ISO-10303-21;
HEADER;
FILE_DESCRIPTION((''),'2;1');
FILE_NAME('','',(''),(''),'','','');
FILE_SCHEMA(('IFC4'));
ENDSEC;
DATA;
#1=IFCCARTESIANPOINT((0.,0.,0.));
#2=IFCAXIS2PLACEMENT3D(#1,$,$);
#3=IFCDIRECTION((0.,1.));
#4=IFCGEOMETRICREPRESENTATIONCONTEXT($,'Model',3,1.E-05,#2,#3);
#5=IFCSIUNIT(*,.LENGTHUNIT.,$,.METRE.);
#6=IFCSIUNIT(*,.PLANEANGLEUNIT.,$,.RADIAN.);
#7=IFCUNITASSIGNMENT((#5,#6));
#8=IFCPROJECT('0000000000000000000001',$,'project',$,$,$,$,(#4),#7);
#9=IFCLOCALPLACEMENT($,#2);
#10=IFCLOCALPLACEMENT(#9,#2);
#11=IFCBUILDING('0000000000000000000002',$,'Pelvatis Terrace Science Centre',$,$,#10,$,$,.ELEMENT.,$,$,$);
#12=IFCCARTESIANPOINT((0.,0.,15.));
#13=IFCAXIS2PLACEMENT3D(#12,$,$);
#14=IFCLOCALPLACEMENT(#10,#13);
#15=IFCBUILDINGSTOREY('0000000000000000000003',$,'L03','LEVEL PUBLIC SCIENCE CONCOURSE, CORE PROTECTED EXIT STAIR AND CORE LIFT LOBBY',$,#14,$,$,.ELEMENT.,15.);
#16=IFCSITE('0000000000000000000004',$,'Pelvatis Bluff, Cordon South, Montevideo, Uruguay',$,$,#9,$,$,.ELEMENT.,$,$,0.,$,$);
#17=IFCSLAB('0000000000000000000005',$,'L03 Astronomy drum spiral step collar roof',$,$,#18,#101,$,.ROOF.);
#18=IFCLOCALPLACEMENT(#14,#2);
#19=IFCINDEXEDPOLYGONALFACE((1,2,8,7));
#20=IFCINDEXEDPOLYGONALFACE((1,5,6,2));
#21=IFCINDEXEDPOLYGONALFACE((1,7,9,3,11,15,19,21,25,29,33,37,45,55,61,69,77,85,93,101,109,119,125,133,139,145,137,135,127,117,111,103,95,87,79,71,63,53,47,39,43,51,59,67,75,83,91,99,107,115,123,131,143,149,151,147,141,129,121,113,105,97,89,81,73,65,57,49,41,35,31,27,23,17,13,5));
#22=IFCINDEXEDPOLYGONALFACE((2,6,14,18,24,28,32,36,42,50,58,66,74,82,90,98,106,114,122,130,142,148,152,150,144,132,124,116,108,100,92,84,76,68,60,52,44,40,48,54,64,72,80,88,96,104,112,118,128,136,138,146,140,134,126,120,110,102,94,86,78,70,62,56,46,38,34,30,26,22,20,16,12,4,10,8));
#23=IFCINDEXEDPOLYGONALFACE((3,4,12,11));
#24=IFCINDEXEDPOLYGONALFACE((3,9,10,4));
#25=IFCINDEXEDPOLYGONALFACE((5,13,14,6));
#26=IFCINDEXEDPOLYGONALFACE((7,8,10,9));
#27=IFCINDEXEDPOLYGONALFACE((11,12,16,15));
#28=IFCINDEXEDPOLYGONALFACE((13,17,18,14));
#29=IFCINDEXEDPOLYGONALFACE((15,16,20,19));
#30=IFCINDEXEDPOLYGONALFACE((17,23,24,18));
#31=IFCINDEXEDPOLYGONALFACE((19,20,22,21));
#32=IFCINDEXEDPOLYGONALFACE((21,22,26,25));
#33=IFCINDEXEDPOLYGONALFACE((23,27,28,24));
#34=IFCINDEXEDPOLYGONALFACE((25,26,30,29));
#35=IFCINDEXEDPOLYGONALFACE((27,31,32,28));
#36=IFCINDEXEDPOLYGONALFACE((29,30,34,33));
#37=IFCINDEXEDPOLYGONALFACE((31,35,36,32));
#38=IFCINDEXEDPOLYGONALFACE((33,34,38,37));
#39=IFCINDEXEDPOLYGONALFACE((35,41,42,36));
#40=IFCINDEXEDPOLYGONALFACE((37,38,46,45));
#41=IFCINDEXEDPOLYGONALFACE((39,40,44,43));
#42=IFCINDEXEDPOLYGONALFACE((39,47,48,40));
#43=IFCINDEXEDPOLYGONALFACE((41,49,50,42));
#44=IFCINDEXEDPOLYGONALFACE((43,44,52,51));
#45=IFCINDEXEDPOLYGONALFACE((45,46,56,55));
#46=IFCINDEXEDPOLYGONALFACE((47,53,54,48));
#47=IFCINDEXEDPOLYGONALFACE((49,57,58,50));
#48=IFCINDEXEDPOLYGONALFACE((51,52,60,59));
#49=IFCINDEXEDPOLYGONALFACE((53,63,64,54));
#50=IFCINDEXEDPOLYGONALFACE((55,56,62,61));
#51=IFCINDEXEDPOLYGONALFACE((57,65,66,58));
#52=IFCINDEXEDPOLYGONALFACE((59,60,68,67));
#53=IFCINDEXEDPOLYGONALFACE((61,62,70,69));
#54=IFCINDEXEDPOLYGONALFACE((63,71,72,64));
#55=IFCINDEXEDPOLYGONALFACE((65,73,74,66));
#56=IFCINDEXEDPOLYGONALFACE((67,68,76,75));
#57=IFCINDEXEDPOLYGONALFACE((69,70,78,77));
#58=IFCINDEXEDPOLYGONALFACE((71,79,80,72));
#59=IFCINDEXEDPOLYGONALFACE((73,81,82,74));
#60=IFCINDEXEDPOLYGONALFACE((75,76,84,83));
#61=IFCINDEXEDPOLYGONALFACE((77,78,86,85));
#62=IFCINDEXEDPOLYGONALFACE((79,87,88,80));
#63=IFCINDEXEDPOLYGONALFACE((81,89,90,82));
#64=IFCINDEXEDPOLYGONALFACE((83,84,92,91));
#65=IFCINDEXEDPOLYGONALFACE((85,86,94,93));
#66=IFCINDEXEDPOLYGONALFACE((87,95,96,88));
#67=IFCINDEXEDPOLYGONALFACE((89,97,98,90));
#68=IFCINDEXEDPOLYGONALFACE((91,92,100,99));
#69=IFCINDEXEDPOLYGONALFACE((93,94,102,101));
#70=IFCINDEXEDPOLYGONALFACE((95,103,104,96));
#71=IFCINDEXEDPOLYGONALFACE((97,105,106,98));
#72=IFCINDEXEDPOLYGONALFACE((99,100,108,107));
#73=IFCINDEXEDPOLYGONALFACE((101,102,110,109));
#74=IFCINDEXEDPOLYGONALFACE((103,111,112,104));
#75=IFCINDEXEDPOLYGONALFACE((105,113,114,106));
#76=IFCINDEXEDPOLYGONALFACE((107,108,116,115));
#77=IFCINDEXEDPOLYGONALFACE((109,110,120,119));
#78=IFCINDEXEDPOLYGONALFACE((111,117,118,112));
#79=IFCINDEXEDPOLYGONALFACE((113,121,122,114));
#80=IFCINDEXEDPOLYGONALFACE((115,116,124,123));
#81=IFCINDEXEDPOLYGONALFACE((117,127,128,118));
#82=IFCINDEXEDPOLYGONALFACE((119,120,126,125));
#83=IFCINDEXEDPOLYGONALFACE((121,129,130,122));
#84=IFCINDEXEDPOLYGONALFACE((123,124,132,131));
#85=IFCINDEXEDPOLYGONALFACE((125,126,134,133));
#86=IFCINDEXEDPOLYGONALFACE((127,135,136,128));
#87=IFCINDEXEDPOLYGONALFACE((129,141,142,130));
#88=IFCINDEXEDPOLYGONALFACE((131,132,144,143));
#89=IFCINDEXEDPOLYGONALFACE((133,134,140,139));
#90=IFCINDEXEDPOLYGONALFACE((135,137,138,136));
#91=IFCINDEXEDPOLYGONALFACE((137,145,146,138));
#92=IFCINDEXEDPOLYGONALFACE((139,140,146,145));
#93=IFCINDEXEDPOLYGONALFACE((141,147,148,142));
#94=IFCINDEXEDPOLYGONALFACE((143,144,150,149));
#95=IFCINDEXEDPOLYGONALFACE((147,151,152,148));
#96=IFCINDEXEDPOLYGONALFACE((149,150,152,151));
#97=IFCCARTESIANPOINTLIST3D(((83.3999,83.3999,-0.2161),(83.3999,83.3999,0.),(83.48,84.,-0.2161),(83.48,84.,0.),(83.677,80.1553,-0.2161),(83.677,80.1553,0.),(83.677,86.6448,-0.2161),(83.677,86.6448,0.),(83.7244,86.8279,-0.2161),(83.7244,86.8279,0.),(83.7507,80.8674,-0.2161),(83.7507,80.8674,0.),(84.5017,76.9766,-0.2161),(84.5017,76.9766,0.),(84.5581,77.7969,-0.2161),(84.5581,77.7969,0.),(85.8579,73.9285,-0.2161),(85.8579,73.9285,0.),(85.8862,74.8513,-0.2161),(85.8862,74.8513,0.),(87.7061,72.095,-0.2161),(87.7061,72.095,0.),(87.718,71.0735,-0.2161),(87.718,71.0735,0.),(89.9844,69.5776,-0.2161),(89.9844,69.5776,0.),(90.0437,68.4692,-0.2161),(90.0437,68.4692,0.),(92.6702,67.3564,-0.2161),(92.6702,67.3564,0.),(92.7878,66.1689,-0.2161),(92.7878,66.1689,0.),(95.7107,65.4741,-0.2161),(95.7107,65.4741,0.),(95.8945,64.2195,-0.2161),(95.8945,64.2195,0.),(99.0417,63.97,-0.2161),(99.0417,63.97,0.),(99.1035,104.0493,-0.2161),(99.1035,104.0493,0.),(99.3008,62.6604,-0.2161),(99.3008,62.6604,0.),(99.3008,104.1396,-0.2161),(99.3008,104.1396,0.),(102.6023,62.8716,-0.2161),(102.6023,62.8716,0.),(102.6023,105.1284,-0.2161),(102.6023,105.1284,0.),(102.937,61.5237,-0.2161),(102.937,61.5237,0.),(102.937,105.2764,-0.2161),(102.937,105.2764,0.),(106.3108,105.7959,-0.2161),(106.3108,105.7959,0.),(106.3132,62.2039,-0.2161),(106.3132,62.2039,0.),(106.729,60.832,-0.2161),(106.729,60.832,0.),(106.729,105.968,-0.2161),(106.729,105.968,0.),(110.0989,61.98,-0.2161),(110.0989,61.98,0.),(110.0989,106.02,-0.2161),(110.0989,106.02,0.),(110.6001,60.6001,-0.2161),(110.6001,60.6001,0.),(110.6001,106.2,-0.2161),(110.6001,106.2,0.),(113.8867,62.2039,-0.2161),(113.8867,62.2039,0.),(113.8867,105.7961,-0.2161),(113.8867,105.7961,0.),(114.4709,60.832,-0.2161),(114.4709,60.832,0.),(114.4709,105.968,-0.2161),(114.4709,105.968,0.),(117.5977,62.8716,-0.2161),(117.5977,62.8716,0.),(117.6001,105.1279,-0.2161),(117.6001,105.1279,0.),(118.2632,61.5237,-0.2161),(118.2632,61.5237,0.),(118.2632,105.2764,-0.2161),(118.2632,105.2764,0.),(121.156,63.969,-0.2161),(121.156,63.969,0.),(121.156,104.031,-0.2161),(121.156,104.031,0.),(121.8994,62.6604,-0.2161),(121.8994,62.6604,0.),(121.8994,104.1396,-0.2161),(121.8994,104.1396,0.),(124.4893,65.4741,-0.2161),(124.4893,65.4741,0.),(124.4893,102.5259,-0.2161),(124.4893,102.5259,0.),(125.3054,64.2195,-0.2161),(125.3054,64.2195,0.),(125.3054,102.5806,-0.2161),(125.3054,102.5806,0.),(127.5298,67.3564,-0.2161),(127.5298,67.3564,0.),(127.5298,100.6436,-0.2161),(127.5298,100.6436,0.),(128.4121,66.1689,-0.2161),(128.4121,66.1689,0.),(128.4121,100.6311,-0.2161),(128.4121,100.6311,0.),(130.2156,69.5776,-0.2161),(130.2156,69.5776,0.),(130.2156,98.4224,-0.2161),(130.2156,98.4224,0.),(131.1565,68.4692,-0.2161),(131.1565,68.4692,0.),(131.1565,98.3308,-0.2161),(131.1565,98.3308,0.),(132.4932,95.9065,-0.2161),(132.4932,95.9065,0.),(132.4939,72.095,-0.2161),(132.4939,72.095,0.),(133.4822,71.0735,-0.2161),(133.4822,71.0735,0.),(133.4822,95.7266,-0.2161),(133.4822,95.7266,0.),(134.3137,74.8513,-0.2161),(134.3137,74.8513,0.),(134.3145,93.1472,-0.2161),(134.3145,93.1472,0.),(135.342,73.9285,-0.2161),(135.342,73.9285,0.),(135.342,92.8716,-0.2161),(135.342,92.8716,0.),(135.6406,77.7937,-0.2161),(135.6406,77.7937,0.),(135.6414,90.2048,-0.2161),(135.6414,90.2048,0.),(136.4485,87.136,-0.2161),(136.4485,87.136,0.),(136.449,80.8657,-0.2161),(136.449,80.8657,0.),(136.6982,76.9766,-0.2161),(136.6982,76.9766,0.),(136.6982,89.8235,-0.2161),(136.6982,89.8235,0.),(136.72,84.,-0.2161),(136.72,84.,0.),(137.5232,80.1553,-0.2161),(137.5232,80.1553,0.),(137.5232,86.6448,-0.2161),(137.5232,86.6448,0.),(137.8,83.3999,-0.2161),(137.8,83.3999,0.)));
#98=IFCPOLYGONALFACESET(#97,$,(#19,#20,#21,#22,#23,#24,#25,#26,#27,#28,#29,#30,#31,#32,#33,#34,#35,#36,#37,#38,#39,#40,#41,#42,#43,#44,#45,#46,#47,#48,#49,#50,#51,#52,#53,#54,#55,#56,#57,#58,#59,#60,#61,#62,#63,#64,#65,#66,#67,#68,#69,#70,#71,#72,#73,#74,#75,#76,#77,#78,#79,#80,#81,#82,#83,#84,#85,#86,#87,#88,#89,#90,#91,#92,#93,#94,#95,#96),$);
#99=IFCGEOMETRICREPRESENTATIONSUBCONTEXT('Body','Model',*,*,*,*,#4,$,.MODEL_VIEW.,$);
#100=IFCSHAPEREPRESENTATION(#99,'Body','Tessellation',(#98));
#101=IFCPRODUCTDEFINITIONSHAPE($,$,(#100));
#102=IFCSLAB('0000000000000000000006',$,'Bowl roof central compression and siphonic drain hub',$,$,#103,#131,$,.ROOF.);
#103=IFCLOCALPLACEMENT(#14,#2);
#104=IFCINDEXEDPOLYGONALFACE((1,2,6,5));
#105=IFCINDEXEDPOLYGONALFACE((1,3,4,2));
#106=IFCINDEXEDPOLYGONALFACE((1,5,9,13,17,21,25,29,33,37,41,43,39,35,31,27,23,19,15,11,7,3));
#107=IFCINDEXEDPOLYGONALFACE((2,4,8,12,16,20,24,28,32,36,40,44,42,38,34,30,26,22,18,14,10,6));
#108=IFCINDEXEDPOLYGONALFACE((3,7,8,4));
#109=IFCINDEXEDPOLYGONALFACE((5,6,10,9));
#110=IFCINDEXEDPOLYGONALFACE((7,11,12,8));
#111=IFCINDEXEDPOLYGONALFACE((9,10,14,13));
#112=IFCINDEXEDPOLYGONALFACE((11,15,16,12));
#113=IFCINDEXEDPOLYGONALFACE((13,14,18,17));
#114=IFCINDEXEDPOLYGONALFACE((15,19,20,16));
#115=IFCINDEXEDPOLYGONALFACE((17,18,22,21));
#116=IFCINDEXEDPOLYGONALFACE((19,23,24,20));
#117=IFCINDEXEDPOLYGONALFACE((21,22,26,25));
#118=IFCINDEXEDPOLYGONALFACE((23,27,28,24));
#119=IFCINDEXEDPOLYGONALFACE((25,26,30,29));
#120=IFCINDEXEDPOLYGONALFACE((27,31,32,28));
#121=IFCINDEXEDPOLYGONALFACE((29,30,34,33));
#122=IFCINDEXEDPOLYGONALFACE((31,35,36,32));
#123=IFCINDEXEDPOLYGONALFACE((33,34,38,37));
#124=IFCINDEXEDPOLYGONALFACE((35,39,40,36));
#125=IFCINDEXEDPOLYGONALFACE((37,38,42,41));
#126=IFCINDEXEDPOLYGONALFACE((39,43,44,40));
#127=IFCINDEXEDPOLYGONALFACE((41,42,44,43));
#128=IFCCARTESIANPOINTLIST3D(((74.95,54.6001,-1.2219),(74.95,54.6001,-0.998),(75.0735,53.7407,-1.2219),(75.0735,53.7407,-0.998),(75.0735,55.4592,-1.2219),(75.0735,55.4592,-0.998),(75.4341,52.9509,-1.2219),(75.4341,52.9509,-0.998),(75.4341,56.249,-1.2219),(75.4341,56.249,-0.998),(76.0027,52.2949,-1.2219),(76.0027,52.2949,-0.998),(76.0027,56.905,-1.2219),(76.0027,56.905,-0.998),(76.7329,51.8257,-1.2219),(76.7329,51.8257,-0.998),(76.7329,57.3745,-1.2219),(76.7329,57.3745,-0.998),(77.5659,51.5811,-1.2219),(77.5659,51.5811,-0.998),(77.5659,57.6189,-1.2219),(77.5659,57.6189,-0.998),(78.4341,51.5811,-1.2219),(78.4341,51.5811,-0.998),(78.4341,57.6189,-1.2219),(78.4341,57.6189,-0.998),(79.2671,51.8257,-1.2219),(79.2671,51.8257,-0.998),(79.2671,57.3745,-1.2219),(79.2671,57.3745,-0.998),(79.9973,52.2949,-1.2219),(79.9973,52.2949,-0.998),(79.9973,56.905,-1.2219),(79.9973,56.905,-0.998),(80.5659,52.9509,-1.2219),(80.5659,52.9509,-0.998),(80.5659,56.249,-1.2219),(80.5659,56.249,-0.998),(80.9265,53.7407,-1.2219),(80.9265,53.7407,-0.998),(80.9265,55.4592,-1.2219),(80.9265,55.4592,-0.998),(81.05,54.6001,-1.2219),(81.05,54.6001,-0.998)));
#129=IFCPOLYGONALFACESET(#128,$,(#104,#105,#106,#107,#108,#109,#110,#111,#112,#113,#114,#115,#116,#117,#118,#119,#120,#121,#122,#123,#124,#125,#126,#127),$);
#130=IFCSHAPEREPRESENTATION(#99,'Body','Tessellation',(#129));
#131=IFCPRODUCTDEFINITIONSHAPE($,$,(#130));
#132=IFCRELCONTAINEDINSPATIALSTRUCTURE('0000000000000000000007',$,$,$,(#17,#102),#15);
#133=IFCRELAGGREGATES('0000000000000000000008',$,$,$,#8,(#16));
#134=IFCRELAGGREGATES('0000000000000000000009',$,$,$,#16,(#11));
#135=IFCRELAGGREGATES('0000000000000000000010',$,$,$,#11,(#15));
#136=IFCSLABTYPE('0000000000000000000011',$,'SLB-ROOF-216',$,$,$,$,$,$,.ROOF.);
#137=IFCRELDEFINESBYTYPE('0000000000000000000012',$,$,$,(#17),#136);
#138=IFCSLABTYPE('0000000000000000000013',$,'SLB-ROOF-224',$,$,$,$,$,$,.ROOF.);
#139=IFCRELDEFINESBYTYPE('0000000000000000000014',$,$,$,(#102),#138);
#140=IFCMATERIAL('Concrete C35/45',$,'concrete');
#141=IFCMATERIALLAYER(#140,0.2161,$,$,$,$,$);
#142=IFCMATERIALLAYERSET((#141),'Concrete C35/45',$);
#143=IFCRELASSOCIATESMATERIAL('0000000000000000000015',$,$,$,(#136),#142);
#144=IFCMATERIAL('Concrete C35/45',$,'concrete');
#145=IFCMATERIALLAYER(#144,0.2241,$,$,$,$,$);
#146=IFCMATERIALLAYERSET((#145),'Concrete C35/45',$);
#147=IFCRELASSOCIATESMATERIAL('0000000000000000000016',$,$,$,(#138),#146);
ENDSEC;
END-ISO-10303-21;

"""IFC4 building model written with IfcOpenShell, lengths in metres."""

from ifc_helpers import new_model, si_unit, direction, frame, origin, place, context, subcontext, project, spatial, polyline, outline, extrude, material, layer, layer_set, type_object, element, save


model = new_model("IFC4")

# Units and contexts
model_context = context("Model", 3, precision=1e-05, world=origin(), true_north=direction((0.0, 1.0)))
body_context = subcontext(model_context, "Body", "Model", "MODEL_VIEW")
ifc_project = project(units=[si_unit("LENGTHUNIT", "METRE"), si_unit("PLANEANGLEUNIT", "RADIAN")], contexts=[model_context])

# Site, building, storey
site_placement = place(None, origin())
site = spatial("IfcSite", under=ifc_project, at=site_placement, Name="Pelvatis Bluff, Cordon South, Montevideo, Uruguay", CompositionType="ELEMENT", RefElevation=0.0)
building_placement = place(site_placement, origin())
building = spatial("IfcBuilding", under=site, at=building_placement, Name="Pelvatis Terrace Science Centre", CompositionType="ELEMENT")
storey_placement = place(building_placement, frame((0.0, 0.0, 15.0)))
storey = spatial("IfcBuildingStorey", under=building, at=storey_placement, Name="L03", Description="LEVEL PUBLIC SCIENCE CONCOURSE, CORE PROTECTED EXIT STAIR AND CORE LIFT LOBBY", CompositionType="ELEMENT", Elevation=15.0)

# Slabs
ifc_material_1 = material(Name="Concrete C35/45", Category="concrete")
ifc_layer_1 = layer(ifc_material_1, 0.2161)
ifc_layer_set_1 = layer_set([ifc_layer_1], Name="Concrete C35/45")
slab_type_1 = type_object("IfcSlabType", Name="SLB-ROOF-216", PredefinedType="ROOF", material=ifc_layer_set_1)
slab_1_placement = place(storey_placement, frame((0.0, 0.0, -0.2161)))
element("IfcSlab", 1, at=slab_1_placement, inside=storey, type_object=slab_type_1, Name="L03 Astronomy drum spiral step collar roof", PredefinedType="ROOF", context=body_context, shape_type="SweptSolid", body=[
    extrude(outline(polyline([(137.5232, 80.1553), (136.6982, 76.9766), (135.342, 73.9285), (133.4822, 71.0735), (131.1565, 68.4692), (128.4121, 66.1689), (125.3054, 64.2195), (121.8994, 62.6604), (118.2632, 61.5237), (114.4709, 60.832), (110.6001, 60.6001), (106.729, 60.832), (102.937, 61.5237), (99.3008, 62.6604), (95.8945, 64.2195), (92.7878, 66.1689), (90.0437, 68.4692), (87.718, 71.0735), (85.8579, 73.9285), (84.5017, 76.9766), (83.677, 80.1553), (83.3999, 83.3999), (83.677, 86.6448), (83.7244, 86.8279), (83.48, 84.0), (83.7507, 80.8674), (84.5581, 77.7969), (85.8862, 74.8513), (87.7061, 72.095), (89.9844, 69.5776), (92.6702, 67.3564), (95.7107, 65.4741), (99.0417, 63.97), (102.6023, 62.8716), (106.3132, 62.2039), (110.0989, 61.98), (113.8867, 62.2039), (117.5977, 62.8716), (121.156, 63.969), (124.4893, 65.4741), (127.5298, 67.3564), (130.2156, 69.5776), (132.4939, 72.095), (134.3137, 74.8513), (135.6406, 77.7937), (136.449, 80.8657), (136.72, 84.0), (136.4485, 87.136), (135.6414, 90.2048), (134.3145, 93.1472), (132.4932, 95.9065), (130.2156, 98.4224), (127.5298, 100.6436), (124.4893, 102.5259), (121.156, 104.031), (117.6001, 105.1279), (113.8867, 105.7961), (110.0989, 106.02), (106.3108, 105.7959), (102.6023, 105.1284), (99.1035, 104.0493), (99.3008, 104.1396), (102.937, 105.2764), (106.729, 105.968), (110.6001, 106.2), (114.4709, 105.968), (118.2632, 105.2764), (121.8994, 104.1396), (125.3054, 102.5806), (128.4121, 100.6311), (131.1565, 98.3308), (133.4822, 95.7266), (135.342, 92.8716), (136.6982, 89.8235), (137.5232, 86.6448), (137.8, 83.3999), (137.5232, 80.1553)])), origin(), (0.0, 0.0, 1.0), 0.2161),
])
ifc_material_2 = material(Name="Concrete C35/45", Category="concrete")
ifc_layer_2 = layer(ifc_material_2, 0.2241)
ifc_layer_set_2 = layer_set([ifc_layer_2], Name="Concrete C35/45")
slab_type_2 = type_object("IfcSlabType", Name="SLB-ROOF-224", PredefinedType="ROOF", material=ifc_layer_set_2)
slab_2_placement = place(storey_placement, frame((0.0, 0.0, -1.2219)))
element("IfcSlab", 2, at=slab_2_placement, inside=storey, type_object=slab_type_2, Name="Bowl roof central compression and siphonic drain hub", PredefinedType="ROOF", context=body_context, shape_type="SweptSolid", body=[
    extrude(outline(polyline([(81.05, 54.6001), (80.9265, 55.4592), (80.5659, 56.249), (79.9973, 56.905), (79.2671, 57.3745), (78.4341, 57.6189), (77.5659, 57.6189), (76.7329, 57.3745), (76.0027, 56.905), (75.4341, 56.249), (75.0735, 55.4592), (74.95, 54.6001), (75.0735, 53.7407), (75.4341, 52.9509), (76.0027, 52.2949), (76.7329, 51.8257), (77.5659, 51.5811), (78.4341, 51.5811), (79.2671, 51.8257), (79.9973, 52.2949), (80.5659, 52.9509), (80.9265, 53.7407), (81.05, 54.6001)])), origin(), (0.0, 0.0, 1.0), 0.2239),
])

save(model, "model.ifc")
